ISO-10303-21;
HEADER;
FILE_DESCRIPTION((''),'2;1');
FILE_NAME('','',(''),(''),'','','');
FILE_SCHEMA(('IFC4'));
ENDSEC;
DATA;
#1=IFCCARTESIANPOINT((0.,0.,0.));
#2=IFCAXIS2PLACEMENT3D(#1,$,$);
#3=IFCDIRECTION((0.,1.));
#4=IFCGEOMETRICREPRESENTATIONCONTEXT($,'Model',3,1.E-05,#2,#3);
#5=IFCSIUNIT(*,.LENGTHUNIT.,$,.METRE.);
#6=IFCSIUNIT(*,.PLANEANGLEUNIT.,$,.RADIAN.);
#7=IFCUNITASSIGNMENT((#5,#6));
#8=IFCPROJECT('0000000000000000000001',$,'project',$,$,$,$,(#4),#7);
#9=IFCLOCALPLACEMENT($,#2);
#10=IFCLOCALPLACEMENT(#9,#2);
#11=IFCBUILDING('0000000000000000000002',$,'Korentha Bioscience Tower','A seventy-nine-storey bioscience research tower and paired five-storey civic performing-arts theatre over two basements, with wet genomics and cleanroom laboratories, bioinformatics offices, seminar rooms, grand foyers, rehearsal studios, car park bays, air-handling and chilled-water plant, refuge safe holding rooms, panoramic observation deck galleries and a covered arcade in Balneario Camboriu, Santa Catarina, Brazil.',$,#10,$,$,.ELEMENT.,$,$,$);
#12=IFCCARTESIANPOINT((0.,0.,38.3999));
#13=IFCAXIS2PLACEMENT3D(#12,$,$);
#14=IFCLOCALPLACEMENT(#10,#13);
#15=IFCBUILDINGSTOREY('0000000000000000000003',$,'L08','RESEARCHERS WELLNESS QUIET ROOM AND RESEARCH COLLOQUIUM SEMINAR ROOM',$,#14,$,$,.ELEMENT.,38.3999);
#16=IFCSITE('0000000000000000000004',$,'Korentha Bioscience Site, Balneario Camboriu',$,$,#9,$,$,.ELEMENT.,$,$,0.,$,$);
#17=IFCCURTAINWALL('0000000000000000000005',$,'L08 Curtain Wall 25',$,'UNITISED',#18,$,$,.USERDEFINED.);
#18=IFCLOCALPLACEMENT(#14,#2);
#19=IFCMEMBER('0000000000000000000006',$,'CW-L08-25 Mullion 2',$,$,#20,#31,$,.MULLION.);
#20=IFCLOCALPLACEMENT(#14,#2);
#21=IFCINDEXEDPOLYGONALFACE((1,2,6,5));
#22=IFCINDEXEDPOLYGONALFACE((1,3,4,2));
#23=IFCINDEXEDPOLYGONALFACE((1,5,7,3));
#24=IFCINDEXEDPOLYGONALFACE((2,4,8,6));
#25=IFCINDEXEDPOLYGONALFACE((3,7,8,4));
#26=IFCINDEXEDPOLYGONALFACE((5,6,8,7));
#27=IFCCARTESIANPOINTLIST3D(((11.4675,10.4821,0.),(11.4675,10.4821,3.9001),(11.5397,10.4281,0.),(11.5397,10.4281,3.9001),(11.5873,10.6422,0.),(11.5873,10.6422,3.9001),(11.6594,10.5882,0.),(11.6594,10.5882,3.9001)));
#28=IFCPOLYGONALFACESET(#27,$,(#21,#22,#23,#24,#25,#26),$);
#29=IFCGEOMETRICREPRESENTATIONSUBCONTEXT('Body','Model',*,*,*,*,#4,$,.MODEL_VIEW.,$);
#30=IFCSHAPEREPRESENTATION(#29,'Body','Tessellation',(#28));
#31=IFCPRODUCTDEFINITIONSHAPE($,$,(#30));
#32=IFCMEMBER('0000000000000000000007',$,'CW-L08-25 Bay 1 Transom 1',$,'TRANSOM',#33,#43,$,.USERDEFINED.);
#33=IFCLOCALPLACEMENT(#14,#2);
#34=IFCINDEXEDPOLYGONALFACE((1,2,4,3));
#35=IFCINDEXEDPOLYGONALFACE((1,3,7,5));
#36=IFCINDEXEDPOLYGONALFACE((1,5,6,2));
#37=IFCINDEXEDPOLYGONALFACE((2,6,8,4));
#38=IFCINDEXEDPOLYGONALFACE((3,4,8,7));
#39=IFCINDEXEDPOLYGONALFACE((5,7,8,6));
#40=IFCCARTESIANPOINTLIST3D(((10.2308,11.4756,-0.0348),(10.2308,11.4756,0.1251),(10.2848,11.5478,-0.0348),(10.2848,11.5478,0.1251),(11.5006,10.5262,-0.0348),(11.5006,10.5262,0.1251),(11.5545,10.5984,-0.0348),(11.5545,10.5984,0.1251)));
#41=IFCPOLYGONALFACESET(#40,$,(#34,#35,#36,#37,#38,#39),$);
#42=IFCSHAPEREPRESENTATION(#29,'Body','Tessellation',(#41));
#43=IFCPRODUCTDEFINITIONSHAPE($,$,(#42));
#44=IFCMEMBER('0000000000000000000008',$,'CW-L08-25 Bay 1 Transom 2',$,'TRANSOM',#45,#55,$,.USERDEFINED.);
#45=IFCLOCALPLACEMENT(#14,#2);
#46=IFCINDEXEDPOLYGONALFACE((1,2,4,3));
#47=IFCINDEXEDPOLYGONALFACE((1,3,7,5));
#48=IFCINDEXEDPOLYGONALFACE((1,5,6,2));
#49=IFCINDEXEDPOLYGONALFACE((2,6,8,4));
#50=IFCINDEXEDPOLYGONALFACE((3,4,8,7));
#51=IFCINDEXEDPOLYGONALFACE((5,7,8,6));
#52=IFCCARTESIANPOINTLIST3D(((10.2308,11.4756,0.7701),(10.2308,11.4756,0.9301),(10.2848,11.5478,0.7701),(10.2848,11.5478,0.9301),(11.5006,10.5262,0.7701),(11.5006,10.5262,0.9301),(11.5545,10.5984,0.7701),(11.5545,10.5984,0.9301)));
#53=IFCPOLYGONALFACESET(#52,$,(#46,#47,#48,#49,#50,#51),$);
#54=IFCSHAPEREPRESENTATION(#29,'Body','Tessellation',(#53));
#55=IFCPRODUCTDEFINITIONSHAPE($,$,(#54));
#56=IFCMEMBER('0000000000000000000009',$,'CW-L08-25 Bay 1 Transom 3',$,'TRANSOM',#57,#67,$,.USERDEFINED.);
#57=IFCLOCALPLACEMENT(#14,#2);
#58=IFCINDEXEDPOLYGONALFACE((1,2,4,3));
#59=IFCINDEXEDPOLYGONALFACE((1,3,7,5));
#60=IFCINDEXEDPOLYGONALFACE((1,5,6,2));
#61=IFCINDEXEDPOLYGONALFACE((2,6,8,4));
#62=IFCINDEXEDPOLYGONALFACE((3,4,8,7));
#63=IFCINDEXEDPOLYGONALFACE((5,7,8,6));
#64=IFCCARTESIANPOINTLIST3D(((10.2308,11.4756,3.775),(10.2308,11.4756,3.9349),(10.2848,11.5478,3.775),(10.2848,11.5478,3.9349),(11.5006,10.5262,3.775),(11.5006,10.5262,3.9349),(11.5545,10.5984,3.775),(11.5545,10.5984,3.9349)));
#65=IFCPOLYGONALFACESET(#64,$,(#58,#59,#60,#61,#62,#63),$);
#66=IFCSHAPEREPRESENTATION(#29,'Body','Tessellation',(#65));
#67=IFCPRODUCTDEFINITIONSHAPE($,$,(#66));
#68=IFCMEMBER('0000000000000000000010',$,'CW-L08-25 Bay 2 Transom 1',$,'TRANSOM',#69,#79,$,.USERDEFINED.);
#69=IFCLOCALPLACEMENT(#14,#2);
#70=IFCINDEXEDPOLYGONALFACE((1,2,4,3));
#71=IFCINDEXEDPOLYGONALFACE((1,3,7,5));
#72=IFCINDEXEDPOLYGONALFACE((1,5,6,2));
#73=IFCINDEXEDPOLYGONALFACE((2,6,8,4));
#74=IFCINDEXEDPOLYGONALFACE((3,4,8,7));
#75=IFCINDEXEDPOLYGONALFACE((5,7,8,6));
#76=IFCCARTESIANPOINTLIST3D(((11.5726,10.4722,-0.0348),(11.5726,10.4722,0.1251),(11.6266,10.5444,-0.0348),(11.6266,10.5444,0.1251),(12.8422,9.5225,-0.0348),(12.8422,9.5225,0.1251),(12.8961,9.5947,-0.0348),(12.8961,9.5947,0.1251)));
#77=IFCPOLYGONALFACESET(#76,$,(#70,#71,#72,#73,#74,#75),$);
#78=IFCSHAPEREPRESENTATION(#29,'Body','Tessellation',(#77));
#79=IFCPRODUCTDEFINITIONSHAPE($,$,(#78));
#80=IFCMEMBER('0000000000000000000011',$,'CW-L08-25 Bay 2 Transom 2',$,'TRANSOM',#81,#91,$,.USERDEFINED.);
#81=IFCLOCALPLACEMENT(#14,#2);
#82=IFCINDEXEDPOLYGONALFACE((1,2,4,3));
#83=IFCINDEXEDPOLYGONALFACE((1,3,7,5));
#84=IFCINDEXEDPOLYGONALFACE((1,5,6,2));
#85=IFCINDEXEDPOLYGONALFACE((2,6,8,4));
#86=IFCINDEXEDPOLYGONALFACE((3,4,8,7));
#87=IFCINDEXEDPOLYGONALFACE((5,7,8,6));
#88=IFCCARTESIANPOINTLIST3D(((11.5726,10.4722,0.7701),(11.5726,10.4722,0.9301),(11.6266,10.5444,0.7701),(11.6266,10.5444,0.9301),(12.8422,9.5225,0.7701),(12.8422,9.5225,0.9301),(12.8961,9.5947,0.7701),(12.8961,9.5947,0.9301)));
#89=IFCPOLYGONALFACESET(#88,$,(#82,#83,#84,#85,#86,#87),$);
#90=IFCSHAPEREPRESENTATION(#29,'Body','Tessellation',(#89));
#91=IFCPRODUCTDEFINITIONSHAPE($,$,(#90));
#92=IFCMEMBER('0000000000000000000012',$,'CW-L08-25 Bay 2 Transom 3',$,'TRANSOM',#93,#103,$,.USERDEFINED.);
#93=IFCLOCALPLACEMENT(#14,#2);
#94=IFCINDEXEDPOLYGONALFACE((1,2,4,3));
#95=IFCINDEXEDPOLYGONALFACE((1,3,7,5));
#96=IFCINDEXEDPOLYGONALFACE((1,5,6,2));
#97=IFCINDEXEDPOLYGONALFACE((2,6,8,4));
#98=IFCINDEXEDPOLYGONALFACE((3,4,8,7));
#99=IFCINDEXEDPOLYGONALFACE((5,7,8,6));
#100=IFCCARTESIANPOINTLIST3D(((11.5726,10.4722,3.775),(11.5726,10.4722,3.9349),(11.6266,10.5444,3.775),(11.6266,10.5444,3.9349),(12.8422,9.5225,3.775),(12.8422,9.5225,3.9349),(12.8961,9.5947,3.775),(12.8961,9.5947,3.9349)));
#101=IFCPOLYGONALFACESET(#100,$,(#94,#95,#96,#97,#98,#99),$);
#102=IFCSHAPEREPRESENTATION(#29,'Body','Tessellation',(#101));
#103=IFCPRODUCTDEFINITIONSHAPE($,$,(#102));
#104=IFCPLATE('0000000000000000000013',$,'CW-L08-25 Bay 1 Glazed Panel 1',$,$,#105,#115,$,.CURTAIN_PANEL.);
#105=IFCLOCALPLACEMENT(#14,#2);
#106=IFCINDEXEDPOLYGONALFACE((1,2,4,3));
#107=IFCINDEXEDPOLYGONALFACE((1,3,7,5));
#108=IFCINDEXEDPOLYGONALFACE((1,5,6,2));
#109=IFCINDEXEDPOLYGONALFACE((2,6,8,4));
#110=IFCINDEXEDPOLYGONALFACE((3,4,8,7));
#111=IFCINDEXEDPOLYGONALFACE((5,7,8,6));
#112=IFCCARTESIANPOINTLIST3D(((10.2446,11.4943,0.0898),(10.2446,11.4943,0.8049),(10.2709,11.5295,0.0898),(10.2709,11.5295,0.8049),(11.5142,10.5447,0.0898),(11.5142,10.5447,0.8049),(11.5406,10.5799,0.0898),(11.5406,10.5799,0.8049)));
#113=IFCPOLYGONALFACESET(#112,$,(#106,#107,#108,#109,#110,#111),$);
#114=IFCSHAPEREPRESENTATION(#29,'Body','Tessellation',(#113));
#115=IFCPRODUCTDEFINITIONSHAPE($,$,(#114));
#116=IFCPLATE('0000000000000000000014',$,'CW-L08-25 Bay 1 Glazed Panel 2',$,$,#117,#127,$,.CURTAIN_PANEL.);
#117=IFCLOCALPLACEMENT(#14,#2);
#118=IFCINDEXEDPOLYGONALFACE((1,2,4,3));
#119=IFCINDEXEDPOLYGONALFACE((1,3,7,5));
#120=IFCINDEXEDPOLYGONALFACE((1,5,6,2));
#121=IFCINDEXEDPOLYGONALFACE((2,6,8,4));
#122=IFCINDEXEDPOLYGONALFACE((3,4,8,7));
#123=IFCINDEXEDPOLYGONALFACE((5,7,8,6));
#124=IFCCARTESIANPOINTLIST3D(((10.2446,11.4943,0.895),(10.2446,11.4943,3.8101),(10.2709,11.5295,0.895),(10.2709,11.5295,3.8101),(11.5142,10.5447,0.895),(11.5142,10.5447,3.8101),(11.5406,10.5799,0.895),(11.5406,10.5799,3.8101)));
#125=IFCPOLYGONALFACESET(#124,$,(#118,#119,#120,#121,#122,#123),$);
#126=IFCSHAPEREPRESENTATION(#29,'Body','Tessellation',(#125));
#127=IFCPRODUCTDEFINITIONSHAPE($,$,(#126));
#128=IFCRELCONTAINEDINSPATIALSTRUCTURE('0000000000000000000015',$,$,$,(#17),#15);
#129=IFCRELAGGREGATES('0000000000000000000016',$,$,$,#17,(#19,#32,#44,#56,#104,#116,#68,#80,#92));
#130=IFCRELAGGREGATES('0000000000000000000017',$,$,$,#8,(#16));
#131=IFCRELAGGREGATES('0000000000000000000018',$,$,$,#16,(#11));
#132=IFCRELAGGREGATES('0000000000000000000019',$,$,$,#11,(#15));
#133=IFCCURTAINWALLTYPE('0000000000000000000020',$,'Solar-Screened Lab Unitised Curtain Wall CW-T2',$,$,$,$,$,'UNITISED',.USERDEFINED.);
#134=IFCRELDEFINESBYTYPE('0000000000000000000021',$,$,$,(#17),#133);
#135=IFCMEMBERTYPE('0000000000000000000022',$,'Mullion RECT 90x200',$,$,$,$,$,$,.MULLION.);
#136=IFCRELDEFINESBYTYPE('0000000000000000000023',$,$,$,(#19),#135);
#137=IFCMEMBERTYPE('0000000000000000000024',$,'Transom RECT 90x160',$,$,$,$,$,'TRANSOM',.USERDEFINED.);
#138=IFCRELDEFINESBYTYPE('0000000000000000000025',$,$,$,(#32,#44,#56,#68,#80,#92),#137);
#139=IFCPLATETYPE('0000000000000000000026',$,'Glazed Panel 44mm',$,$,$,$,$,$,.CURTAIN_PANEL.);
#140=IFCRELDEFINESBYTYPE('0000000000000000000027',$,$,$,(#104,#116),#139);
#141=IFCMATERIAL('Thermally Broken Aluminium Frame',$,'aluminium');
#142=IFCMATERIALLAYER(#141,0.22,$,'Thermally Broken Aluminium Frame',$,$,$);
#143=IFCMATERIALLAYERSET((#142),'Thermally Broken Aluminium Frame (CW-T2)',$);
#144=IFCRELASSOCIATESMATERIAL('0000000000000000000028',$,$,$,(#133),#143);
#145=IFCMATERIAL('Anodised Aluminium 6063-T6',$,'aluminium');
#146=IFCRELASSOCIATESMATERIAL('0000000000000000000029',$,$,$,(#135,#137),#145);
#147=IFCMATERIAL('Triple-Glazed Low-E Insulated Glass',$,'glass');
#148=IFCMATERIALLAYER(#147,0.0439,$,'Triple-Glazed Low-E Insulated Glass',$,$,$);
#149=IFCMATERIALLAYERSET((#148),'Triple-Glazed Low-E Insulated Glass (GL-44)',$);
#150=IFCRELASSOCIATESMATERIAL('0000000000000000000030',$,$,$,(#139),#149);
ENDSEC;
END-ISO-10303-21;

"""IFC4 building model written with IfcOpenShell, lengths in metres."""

from ifc_helpers import new_model, si_unit, direction, frame, origin, origin_2d, place, context, subcontext, project, spatial, rectangle, extrude, material, layer, layer_set, material_profile, profile_set, type_object, element, aggregate, save


model = new_model("IFC4")

# Units and contexts
model_context = context("Model", 3, precision=1e-05, world=origin(), true_north=direction((0.0, 1.0)))
body_context = subcontext(model_context, "Body", "Model", "MODEL_VIEW")
ifc_project = project(units=[si_unit("LENGTHUNIT", "METRE"), si_unit("PLANEANGLEUNIT", "RADIAN")], contexts=[model_context])

# Site, building, storey
site_placement = place(None, origin())
site = spatial("IfcSite", under=ifc_project, at=site_placement, Name="Korentha Bioscience Site, Balneario Camboriu", CompositionType="ELEMENT", RefElevation=0.0)
building_placement = place(site_placement, origin())
building = spatial("IfcBuilding", under=site, at=building_placement, Name="Korentha Bioscience Tower", Description="A seventy-nine-storey bioscience research tower and paired five-storey civic performing-arts theatre over two basements, with wet genomics and cleanroom laboratories, bioinformatics offices, seminar rooms, grand foyers, rehearsal studios, car park bays, air-handling and chilled-water plant, refuge safe holding rooms, panoramic observation deck galleries and a covered arcade in Balneario Camboriu, Santa Catarina, Brazil.", CompositionType="ELEMENT")
storey_placement = place(building_placement, frame((0.0, 0.0, 38.3999)))
storey = spatial("IfcBuildingStorey", under=building, at=storey_placement, Name="L08", Description="RESEARCHERS WELLNESS QUIET ROOM AND RESEARCH COLLOQUIUM SEMINAR ROOM", CompositionType="ELEMENT", Elevation=38.3999)

# Curtain wall, members, plates
ifc_material_1 = material(Name="Thermally Broken Aluminium Frame", Category="aluminium")
ifc_layer_1 = layer(ifc_material_1, 0.22, Name="Thermally Broken Aluminium Frame")
ifc_layer_set_1 = layer_set([ifc_layer_1], Name="Thermally Broken Aluminium Frame (CW-T2)")
curtain_wall_type = type_object("IfcCurtainWallType", Name="Solar-Screened Lab Unitised Curtain Wall CW-T2", ElementType="UNITISED", PredefinedType="USERDEFINED", material=ifc_layer_set_1)
curtain_wall_placement = place(storey_placement, origin())
curtain_wall = element("IfcCurtainWall", 1, at=curtain_wall_placement, inside=storey, type_object=curtain_wall_type, Name="L08 Curtain Wall 25", ObjectType="UNITISED", PredefinedType="USERDEFINED")
ifc_material_2 = material(Name="Anodised Aluminium 6063-T6", Category="aluminium")
ifc_material_profile_1 = material_profile(ifc_material_2, rectangle(XDim=0.0901, YDim=0.2, at=origin_2d()), Name="Anodised Aluminium 6063-T6")
ifc_profile_set_1 = profile_set([ifc_material_profile_1], Name="Anodised Aluminium 6063-T6 (CW-MUL)")
member_type_1 = type_object("IfcMemberType", Name="Mullion RECT 90x200", PredefinedType="MULLION", material=ifc_profile_set_1)
member_1_placement = place(storey_placement, frame((11.5635, 10.5352, 0.0), z_axis=(0.0, 0.0, 1.0), x_axis=(0.800798, -0.598935, 0.0)))
member_1 = element("IfcMember", 2, at=member_1_placement, type_object=member_type_1, Name="CW-L08-25 Mullion 2", PredefinedType="MULLION", context=body_context, shape_type="SweptSolid", body=[
    extrude(rectangle(XDim=0.0901, YDim=0.2, at=origin_2d()), origin(), (0.0, 0.0, 1.0), 3.9001),
])
ifc_material_profile_2 = material_profile(ifc_material_2, rectangle(XDim=0.0901, YDim=0.1599, at=origin_2d()), Name="Anodised Aluminium 6063-T6")
ifc_profile_set_2 = profile_set([ifc_material_profile_2], Name="Anodised Aluminium 6063-T6 (CW-TRN)")
member_type_2 = type_object("IfcMemberType", Name="Transom RECT 90x160", ElementType="TRANSOM", PredefinedType="USERDEFINED", material=ifc_profile_set_2)
member_2_placement = place(storey_placement, frame((10.2578, 11.5117, 0.0452), z_axis=(0.800868, -0.598841, 0.0), x_axis=(0.598841, 0.800868, 0.0)))
member_2 = element("IfcMember", 3, at=member_2_placement, type_object=member_type_2, Name="CW-L08-25 Bay 1 Transom 1", ObjectType="TRANSOM", PredefinedType="USERDEFINED", context=body_context, shape_type="SweptSolid", body=[
    extrude(rectangle(XDim=0.0901, YDim=0.1599, at=origin_2d()), origin(), (0.0, 0.0, 1.0), 1.5854),
])
member_3_placement = place(storey_placement, frame((10.2578, 11.5117, 0.8501), z_axis=(0.800868, -0.598841, 0.0), x_axis=(0.598841, 0.800868, 0.0)))
member_3 = element("IfcMember", 4, at=member_3_placement, type_object=member_type_2, Name="CW-L08-25 Bay 1 Transom 2", ObjectType="TRANSOM", PredefinedType="USERDEFINED", context=body_context, shape_type="SweptSolid", body=[
    extrude(rectangle(XDim=0.0901, YDim=0.1599, at=origin_2d()), origin(), (0.0, 0.0, 1.0), 1.5854),
])
member_4_placement = place(storey_placement, frame((10.2578, 11.5117, 3.855), z_axis=(0.800868, -0.598841, 0.0), x_axis=(0.598841, 0.800868, 0.0)))
member_4 = element("IfcMember", 5, at=member_4_placement, type_object=member_type_2, Name="CW-L08-25 Bay 1 Transom 3", ObjectType="TRANSOM", PredefinedType="USERDEFINED", context=body_context, shape_type="SweptSolid", body=[
    extrude(rectangle(XDim=0.0901, YDim=0.1599, at=origin_2d()), origin(), (0.0, 0.0, 1.0), 1.5854),
])
member_5_placement = place(storey_placement, frame((11.5996, 10.5083, 0.0452), z_axis=(0.800739, -0.599014, 0.0), x_axis=(0.599014, 0.800739, 0.0)))
member_5 = element("IfcMember", 6, at=member_5_placement, type_object=member_type_2, Name="CW-L08-25 Bay 2 Transom 1", ObjectType="TRANSOM", PredefinedType="USERDEFINED", context=body_context, shape_type="SweptSolid", body=[
    extrude(rectangle(XDim=0.0901, YDim=0.1599, at=origin_2d()), origin(), (0.0, 0.0, 1.0), 1.5854),
])
member_6_placement = place(storey_placement, frame((11.5996, 10.5083, 0.8501), z_axis=(0.800739, -0.599014, 0.0), x_axis=(0.599014, 0.800739, 0.0)))
member_6 = element("IfcMember", 7, at=member_6_placement, type_object=member_type_2, Name="CW-L08-25 Bay 2 Transom 2", ObjectType="TRANSOM", PredefinedType="USERDEFINED", context=body_context, shape_type="SweptSolid", body=[
    extrude(rectangle(XDim=0.0901, YDim=0.1599, at=origin_2d()), origin(), (0.0, 0.0, 1.0), 1.5854),
])
member_7_placement = place(storey_placement, frame((11.5996, 10.5083, 3.855), z_axis=(0.800739, -0.599014, 0.0), x_axis=(0.599014, 0.800739, 0.0)))
member_7 = element("IfcMember", 8, at=member_7_placement, type_object=member_type_2, Name="CW-L08-25 Bay 2 Transom 3", ObjectType="TRANSOM", PredefinedType="USERDEFINED", context=body_context, shape_type="SweptSolid", body=[
    extrude(rectangle(XDim=0.0901, YDim=0.1599, at=origin_2d()), origin(), (0.0, 0.0, 1.0), 1.5854),
])
ifc_material_3 = material(Name="Triple-Glazed Low-E Insulated Glass", Category="glass")
ifc_layer_2 = layer(ifc_material_3, 0.0439, Name="Triple-Glazed Low-E Insulated Glass")
ifc_layer_set_2 = layer_set([ifc_layer_2], Name="Triple-Glazed Low-E Insulated Glass (GL-44)")
plate_type = type_object("IfcPlateType", Name="Glazed Panel 44mm", PredefinedType="CURTAIN_PANEL", material=ifc_layer_set_2)
plate_1_placement = place(storey_placement, frame((10.8926, 11.0371, 0.0898), z_axis=(0.0, 0.0, 1.0), x_axis=(0.800798, -0.598935, 0.0)))
plate_1 = element("IfcPlate", 9, at=plate_1_placement, type_object=plate_type, Name="CW-L08-25 Bay 1 Glazed Panel 1", PredefinedType="CURTAIN_PANEL", context=body_context, shape_type="SweptSolid", body=[
    extrude(rectangle(XDim=1.5854, YDim=0.0439, at=origin_2d()), origin(), (0.0, 0.0, 1.0), 0.7151),
])
plate_2_placement = place(storey_placement, frame((10.8926, 11.0371, 0.895), z_axis=(0.0, 0.0, 1.0), x_axis=(0.800798, -0.598935, 0.0)))
plate_2 = element("IfcPlate", 10, at=plate_2_placement, type_object=plate_type, Name="CW-L08-25 Bay 1 Glazed Panel 2", PredefinedType="CURTAIN_PANEL", context=body_context, shape_type="SweptSolid", body=[
    extrude(rectangle(XDim=1.5854, YDim=0.0439, at=origin_2d()), origin(), (0.0, 0.0, 1.0), 2.915),
])
aggregate(curtain_wall, [member_1, member_2, member_3, member_4, plate_1, plate_2, member_5, member_6, member_7])

save(model, "model.ifc")
